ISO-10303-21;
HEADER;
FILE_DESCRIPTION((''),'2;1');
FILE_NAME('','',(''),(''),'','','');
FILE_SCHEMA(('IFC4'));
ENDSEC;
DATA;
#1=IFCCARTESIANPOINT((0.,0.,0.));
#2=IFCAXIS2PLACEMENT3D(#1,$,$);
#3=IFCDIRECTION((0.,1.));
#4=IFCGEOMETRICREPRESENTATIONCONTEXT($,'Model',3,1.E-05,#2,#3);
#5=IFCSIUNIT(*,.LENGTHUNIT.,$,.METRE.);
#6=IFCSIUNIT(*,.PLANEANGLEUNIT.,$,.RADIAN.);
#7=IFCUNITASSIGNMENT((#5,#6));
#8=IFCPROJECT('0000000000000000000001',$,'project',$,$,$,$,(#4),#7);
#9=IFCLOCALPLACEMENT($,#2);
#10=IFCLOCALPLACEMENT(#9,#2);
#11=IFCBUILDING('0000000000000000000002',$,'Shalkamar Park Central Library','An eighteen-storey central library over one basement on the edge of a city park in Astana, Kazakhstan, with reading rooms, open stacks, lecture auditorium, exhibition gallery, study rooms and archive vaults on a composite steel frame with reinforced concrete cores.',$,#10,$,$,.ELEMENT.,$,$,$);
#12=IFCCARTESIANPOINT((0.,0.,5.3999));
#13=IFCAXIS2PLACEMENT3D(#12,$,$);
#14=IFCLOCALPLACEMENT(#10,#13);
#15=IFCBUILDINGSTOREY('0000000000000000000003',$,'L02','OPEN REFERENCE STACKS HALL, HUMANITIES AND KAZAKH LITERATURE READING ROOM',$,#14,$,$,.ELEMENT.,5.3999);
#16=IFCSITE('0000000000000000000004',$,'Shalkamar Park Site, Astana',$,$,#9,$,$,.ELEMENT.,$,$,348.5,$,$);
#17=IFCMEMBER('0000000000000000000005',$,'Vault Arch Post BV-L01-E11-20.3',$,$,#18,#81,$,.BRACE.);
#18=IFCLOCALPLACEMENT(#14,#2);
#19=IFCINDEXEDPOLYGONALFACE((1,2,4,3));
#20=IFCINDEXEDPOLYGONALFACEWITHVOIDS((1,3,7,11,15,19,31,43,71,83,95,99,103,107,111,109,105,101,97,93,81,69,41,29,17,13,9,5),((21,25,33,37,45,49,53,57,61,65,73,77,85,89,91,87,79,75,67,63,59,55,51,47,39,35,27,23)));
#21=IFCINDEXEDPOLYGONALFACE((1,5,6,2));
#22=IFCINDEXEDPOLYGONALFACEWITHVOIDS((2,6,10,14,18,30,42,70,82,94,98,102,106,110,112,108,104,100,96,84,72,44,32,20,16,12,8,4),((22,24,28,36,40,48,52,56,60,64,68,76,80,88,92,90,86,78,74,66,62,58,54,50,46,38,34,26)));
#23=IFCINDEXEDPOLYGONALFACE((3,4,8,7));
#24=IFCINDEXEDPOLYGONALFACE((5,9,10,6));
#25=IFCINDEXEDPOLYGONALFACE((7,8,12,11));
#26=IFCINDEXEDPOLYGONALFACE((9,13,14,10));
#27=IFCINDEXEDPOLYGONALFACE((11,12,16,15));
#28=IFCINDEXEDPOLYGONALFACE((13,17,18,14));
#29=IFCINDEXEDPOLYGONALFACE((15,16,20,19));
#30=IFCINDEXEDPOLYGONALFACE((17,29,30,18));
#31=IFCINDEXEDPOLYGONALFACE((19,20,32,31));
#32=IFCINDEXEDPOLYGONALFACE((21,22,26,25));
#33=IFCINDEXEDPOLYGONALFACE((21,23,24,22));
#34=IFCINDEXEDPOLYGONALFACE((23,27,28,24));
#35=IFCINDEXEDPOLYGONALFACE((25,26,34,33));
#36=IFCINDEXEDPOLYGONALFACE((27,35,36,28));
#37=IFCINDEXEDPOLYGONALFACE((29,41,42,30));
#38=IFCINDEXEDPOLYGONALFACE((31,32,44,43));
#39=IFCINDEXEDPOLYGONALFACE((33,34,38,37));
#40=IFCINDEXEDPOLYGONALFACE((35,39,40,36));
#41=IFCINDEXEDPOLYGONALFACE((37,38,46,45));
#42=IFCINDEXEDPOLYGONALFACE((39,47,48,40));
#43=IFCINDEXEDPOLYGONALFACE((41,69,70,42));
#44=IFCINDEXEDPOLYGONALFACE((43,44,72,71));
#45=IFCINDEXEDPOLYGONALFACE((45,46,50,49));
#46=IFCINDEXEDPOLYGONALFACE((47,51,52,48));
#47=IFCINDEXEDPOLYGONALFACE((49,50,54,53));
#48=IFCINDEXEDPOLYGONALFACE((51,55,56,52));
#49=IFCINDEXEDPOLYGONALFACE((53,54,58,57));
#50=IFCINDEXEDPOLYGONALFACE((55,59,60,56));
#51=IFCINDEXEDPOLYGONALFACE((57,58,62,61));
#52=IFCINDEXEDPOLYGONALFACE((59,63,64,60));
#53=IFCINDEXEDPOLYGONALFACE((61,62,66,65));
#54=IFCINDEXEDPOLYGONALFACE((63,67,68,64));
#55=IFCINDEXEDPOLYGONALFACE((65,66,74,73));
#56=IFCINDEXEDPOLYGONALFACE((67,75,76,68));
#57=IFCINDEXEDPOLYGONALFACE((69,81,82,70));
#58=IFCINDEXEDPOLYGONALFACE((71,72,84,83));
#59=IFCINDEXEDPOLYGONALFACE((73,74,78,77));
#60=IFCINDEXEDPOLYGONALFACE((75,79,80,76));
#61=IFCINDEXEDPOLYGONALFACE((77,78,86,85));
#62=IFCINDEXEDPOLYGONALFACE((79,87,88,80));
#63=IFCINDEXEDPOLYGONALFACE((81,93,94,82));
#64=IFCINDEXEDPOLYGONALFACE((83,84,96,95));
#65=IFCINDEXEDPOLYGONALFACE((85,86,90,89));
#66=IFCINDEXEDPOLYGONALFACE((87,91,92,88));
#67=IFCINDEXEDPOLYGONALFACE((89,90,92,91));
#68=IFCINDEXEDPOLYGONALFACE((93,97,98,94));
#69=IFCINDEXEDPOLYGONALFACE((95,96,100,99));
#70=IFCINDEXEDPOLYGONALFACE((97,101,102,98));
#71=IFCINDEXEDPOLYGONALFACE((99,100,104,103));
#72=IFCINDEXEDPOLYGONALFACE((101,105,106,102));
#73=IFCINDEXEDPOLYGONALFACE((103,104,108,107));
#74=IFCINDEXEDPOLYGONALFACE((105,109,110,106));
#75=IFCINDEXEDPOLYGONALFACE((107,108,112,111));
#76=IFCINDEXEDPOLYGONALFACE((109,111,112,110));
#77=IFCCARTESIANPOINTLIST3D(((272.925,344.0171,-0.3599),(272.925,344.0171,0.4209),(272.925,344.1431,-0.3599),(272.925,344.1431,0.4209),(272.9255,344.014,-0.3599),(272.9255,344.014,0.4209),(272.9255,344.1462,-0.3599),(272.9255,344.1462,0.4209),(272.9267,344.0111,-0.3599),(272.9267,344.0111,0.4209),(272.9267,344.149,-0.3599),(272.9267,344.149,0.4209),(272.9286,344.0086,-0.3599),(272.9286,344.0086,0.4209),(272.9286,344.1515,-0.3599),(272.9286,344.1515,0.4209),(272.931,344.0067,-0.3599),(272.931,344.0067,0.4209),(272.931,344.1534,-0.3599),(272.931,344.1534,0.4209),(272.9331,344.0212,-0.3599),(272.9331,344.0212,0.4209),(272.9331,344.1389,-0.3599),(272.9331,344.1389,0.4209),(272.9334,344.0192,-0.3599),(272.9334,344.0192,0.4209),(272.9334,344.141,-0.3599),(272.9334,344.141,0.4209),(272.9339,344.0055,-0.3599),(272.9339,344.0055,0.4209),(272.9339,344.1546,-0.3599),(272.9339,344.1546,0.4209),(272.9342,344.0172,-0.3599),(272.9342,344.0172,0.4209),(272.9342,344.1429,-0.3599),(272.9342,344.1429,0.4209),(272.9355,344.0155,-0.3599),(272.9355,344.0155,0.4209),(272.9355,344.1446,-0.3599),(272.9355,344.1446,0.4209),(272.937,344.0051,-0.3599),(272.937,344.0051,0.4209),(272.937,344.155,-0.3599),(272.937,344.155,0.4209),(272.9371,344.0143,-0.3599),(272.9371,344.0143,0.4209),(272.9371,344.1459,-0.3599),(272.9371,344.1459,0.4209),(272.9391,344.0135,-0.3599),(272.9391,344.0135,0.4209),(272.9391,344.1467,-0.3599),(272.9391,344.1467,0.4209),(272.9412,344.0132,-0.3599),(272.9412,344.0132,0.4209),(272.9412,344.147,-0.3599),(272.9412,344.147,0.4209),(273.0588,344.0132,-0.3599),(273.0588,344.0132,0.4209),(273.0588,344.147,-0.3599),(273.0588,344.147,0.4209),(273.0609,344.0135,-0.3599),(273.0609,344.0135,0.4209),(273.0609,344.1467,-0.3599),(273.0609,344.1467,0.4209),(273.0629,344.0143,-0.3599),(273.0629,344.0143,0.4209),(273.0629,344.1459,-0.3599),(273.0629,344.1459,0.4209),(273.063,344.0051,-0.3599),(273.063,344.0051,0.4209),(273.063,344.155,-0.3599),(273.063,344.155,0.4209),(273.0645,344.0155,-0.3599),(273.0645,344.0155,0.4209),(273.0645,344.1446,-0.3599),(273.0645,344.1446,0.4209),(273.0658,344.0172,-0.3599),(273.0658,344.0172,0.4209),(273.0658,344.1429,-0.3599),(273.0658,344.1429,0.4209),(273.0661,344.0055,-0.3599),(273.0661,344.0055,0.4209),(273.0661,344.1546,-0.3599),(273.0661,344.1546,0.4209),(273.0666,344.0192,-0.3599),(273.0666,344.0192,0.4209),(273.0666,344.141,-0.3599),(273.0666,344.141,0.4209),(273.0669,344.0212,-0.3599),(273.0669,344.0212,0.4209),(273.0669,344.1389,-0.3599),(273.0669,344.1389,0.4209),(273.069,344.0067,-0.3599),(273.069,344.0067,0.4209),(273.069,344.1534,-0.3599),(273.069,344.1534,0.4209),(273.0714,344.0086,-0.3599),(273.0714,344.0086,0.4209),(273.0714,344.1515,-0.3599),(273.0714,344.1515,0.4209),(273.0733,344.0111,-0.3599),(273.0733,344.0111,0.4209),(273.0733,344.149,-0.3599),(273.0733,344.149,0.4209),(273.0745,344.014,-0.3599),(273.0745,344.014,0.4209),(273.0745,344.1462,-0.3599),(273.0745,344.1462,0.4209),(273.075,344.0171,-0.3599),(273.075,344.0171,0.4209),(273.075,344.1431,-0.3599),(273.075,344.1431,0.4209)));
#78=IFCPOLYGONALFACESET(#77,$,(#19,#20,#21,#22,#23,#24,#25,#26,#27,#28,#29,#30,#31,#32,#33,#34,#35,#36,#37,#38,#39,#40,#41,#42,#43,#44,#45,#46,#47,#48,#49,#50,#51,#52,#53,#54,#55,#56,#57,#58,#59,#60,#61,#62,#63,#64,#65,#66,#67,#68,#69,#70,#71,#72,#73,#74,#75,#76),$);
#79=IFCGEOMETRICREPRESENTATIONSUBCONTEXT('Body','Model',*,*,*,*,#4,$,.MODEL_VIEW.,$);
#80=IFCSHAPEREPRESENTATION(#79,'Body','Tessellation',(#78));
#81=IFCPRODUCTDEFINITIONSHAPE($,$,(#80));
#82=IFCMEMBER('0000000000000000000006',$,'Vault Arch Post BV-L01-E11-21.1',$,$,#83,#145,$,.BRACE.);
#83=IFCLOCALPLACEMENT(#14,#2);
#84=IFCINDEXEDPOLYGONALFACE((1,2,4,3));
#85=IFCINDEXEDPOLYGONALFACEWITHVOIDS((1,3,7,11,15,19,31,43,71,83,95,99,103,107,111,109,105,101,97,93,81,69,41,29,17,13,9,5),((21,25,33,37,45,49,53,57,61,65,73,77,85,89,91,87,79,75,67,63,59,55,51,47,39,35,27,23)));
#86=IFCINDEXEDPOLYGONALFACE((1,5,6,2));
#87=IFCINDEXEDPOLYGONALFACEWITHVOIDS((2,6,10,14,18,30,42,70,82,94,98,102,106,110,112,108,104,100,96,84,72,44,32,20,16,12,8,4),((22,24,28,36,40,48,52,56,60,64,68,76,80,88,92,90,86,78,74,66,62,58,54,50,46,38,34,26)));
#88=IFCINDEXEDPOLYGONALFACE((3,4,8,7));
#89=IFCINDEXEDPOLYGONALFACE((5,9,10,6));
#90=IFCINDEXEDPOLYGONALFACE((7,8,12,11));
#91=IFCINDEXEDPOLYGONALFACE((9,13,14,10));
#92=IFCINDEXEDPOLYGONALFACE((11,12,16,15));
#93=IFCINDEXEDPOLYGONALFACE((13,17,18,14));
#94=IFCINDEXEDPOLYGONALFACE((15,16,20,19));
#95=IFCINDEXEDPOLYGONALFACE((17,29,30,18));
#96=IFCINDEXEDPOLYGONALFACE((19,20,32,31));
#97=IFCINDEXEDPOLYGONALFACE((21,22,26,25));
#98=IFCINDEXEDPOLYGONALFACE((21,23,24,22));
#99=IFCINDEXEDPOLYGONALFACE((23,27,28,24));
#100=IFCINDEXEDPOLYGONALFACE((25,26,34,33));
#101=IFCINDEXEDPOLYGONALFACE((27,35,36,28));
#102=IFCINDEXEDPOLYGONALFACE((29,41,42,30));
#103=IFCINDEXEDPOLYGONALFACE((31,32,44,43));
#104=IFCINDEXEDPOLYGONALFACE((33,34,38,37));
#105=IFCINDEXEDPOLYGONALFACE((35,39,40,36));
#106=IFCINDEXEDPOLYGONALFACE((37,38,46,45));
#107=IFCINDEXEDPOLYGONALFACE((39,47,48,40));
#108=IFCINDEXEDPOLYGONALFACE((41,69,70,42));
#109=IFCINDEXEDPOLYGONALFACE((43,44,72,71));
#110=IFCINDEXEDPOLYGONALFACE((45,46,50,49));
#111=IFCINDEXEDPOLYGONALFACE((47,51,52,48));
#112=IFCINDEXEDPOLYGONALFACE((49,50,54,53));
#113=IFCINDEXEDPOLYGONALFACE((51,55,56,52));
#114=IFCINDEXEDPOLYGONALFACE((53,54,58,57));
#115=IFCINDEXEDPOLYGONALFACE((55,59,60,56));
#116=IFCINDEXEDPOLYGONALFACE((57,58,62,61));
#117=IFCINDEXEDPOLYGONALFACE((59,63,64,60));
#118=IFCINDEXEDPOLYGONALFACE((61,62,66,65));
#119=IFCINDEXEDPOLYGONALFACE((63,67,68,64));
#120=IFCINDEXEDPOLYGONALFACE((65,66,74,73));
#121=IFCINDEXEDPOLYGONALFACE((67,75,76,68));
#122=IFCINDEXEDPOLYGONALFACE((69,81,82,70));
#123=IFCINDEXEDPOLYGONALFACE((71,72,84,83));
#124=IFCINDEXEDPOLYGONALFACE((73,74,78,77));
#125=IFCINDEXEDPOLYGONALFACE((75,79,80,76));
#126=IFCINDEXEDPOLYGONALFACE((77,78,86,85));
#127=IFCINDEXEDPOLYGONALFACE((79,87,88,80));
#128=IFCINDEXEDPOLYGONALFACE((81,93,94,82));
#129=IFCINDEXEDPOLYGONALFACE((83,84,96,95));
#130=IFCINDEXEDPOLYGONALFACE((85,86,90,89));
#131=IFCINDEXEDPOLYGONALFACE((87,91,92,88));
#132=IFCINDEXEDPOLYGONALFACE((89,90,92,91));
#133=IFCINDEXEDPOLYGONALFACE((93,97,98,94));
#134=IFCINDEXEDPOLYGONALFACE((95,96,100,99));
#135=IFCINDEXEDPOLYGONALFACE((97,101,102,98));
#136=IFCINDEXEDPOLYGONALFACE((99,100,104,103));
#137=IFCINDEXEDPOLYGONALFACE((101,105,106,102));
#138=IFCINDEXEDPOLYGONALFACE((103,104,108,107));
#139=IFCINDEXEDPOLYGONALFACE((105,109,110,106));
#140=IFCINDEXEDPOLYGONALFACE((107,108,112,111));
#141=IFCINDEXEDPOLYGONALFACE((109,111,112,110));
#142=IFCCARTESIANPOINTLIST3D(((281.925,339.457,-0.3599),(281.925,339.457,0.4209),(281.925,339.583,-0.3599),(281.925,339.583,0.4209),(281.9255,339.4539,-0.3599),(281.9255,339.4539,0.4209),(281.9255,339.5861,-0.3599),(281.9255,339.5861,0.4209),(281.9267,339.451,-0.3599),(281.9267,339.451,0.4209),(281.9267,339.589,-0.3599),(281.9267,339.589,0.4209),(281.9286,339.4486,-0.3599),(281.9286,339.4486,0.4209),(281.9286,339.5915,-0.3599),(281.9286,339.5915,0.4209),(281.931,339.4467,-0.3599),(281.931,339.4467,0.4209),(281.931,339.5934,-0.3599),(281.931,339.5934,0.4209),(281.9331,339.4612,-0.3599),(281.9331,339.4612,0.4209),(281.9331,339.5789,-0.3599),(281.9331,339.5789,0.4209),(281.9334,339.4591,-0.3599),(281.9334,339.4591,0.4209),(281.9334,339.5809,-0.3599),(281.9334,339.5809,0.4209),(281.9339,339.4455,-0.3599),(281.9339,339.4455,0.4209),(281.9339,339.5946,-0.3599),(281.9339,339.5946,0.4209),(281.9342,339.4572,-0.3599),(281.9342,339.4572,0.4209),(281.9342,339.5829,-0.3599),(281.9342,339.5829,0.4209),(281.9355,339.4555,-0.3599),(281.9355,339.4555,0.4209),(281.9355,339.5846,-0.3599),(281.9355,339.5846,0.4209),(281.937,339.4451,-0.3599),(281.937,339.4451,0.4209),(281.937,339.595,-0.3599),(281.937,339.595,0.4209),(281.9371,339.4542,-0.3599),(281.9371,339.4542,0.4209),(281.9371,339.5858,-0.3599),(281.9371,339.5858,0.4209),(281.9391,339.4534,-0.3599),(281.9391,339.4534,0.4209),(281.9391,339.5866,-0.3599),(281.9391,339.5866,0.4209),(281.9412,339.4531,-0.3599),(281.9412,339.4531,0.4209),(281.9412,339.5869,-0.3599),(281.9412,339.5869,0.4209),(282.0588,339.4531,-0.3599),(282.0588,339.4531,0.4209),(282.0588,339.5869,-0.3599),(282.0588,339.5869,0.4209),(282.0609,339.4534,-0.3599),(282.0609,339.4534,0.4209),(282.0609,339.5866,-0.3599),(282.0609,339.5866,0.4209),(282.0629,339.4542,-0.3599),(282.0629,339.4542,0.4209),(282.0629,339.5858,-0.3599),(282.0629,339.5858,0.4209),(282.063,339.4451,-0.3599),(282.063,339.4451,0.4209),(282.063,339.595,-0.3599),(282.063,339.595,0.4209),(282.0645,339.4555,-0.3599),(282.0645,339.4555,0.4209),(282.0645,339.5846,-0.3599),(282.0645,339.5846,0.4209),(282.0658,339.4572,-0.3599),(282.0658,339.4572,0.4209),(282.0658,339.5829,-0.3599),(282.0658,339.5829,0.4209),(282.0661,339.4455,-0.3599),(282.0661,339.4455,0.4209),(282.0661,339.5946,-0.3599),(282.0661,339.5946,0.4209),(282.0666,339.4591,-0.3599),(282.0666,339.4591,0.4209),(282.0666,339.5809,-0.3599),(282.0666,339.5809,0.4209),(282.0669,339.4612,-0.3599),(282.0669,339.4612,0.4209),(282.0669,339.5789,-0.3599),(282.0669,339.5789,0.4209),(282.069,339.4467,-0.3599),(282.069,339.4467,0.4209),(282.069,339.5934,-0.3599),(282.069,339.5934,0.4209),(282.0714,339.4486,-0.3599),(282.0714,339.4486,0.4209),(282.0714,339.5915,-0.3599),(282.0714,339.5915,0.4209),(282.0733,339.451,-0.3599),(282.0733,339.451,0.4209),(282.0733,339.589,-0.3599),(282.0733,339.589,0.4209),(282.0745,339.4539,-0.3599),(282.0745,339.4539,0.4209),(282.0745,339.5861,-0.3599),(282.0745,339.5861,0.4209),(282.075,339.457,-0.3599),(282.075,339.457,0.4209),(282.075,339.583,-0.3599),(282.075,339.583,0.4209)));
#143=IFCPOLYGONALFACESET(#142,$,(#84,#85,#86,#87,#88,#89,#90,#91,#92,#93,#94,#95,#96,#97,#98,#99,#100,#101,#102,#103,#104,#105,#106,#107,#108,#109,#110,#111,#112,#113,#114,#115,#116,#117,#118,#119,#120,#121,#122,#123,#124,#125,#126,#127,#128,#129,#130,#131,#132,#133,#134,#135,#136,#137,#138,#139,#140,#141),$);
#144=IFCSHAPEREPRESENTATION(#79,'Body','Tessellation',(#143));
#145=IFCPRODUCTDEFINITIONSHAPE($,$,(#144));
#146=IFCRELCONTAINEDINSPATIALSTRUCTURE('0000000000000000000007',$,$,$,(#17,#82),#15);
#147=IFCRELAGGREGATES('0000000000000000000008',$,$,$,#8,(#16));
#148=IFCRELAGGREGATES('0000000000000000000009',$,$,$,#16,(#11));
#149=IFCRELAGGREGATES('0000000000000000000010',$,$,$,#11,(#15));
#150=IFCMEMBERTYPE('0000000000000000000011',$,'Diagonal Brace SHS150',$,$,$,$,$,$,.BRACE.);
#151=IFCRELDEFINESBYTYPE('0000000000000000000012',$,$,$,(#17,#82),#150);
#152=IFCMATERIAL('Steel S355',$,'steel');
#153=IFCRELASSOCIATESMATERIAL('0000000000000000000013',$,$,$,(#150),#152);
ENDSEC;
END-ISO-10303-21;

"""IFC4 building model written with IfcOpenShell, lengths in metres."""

from ifc_helpers import new_model, si_unit, direction, frame, origin, origin_2d, place, context, subcontext, project, spatial, hollow_rectangle, extrude, material, material_profile, profile_set, type_object, element, save


model = new_model("IFC4")

# Units and contexts
model_context = context("Model", 3, precision=1e-05, world=origin(), true_north=direction((0.0, 1.0)))
body_context = subcontext(model_context, "Body", "Model", "MODEL_VIEW")
ifc_project = project(units=[si_unit("LENGTHUNIT", "METRE"), si_unit("PLANEANGLEUNIT", "RADIAN")], contexts=[model_context])

# Site, building, storey
site_placement = place(None, origin())
site = spatial("IfcSite", under=ifc_project, at=site_placement, Name="Shalkamar Park Site, Astana", CompositionType="ELEMENT", RefElevation=348.5)
building_placement = place(site_placement, origin())
building = spatial("IfcBuilding", under=site, at=building_placement, Name="Shalkamar Park Central Library", Description="An eighteen-storey central library over one basement on the edge of a city park in Astana, Kazakhstan, with reading rooms, open stacks, lecture auditorium, exhibition gallery, study rooms and archive vaults on a composite steel frame with reinforced concrete cores.", CompositionType="ELEMENT")
storey_placement = place(building_placement, frame((0.0, 0.0, 5.3999)))
storey = spatial("IfcBuildingStorey", under=building, at=storey_placement, Name="L02", Description="OPEN REFERENCE STACKS HALL, HUMANITIES AND KAZAKH LITERATURE READING ROOM", CompositionType="ELEMENT", Elevation=5.3999)

# Members
ifc_material_1 = material(Name="Steel S355", Category="steel")
ifc_material_profile_1 = material_profile(ifc_material_1, hollow_rectangle(XDim=0.1499, YDim=0.1499, WallThickness=0.0081, InnerFilletRadius=0.0081, OuterFilletRadius=0.012, at=origin_2d()), Name="SHS 150x150x8")
ifc_profile_set_1 = profile_set([ifc_material_profile_1], Name="Steel S355")
member_type_1 = type_object("IfcMemberType", Name="Diagonal Brace SHS150", PredefinedType="BRACE", material=ifc_profile_set_1)
for number, where, z_axis, x_axis, name in (
    (1, (273.0, 344.0801, -0.3599), (0.0, 0.0, 1.0), (1.0, 0.0, 0.0), "Vault Arch Post BV-L01-E11-20.3"),
    (2, (282.0, 339.52, -0.3599), (0.0, 0.0, 1.0), (1.0, 0.0, 0.0), "Vault Arch Post BV-L01-E11-21.1"),
):
    element("IfcMember", number, at=place(storey_placement, frame(where, z_axis=z_axis, x_axis=x_axis)), inside=storey, type_object=member_type_1, Name=name, PredefinedType="BRACE", context=body_context, shape_type="SweptSolid", body=[
        extrude(hollow_rectangle(XDim=0.1499, YDim=0.1499, WallThickness=0.0081, InnerFilletRadius=0.0081, OuterFilletRadius=0.012, at=origin_2d()), origin(), (0.0, 0.0, 1.0), 0.7808),
    ])

save(model, "model.ifc")
